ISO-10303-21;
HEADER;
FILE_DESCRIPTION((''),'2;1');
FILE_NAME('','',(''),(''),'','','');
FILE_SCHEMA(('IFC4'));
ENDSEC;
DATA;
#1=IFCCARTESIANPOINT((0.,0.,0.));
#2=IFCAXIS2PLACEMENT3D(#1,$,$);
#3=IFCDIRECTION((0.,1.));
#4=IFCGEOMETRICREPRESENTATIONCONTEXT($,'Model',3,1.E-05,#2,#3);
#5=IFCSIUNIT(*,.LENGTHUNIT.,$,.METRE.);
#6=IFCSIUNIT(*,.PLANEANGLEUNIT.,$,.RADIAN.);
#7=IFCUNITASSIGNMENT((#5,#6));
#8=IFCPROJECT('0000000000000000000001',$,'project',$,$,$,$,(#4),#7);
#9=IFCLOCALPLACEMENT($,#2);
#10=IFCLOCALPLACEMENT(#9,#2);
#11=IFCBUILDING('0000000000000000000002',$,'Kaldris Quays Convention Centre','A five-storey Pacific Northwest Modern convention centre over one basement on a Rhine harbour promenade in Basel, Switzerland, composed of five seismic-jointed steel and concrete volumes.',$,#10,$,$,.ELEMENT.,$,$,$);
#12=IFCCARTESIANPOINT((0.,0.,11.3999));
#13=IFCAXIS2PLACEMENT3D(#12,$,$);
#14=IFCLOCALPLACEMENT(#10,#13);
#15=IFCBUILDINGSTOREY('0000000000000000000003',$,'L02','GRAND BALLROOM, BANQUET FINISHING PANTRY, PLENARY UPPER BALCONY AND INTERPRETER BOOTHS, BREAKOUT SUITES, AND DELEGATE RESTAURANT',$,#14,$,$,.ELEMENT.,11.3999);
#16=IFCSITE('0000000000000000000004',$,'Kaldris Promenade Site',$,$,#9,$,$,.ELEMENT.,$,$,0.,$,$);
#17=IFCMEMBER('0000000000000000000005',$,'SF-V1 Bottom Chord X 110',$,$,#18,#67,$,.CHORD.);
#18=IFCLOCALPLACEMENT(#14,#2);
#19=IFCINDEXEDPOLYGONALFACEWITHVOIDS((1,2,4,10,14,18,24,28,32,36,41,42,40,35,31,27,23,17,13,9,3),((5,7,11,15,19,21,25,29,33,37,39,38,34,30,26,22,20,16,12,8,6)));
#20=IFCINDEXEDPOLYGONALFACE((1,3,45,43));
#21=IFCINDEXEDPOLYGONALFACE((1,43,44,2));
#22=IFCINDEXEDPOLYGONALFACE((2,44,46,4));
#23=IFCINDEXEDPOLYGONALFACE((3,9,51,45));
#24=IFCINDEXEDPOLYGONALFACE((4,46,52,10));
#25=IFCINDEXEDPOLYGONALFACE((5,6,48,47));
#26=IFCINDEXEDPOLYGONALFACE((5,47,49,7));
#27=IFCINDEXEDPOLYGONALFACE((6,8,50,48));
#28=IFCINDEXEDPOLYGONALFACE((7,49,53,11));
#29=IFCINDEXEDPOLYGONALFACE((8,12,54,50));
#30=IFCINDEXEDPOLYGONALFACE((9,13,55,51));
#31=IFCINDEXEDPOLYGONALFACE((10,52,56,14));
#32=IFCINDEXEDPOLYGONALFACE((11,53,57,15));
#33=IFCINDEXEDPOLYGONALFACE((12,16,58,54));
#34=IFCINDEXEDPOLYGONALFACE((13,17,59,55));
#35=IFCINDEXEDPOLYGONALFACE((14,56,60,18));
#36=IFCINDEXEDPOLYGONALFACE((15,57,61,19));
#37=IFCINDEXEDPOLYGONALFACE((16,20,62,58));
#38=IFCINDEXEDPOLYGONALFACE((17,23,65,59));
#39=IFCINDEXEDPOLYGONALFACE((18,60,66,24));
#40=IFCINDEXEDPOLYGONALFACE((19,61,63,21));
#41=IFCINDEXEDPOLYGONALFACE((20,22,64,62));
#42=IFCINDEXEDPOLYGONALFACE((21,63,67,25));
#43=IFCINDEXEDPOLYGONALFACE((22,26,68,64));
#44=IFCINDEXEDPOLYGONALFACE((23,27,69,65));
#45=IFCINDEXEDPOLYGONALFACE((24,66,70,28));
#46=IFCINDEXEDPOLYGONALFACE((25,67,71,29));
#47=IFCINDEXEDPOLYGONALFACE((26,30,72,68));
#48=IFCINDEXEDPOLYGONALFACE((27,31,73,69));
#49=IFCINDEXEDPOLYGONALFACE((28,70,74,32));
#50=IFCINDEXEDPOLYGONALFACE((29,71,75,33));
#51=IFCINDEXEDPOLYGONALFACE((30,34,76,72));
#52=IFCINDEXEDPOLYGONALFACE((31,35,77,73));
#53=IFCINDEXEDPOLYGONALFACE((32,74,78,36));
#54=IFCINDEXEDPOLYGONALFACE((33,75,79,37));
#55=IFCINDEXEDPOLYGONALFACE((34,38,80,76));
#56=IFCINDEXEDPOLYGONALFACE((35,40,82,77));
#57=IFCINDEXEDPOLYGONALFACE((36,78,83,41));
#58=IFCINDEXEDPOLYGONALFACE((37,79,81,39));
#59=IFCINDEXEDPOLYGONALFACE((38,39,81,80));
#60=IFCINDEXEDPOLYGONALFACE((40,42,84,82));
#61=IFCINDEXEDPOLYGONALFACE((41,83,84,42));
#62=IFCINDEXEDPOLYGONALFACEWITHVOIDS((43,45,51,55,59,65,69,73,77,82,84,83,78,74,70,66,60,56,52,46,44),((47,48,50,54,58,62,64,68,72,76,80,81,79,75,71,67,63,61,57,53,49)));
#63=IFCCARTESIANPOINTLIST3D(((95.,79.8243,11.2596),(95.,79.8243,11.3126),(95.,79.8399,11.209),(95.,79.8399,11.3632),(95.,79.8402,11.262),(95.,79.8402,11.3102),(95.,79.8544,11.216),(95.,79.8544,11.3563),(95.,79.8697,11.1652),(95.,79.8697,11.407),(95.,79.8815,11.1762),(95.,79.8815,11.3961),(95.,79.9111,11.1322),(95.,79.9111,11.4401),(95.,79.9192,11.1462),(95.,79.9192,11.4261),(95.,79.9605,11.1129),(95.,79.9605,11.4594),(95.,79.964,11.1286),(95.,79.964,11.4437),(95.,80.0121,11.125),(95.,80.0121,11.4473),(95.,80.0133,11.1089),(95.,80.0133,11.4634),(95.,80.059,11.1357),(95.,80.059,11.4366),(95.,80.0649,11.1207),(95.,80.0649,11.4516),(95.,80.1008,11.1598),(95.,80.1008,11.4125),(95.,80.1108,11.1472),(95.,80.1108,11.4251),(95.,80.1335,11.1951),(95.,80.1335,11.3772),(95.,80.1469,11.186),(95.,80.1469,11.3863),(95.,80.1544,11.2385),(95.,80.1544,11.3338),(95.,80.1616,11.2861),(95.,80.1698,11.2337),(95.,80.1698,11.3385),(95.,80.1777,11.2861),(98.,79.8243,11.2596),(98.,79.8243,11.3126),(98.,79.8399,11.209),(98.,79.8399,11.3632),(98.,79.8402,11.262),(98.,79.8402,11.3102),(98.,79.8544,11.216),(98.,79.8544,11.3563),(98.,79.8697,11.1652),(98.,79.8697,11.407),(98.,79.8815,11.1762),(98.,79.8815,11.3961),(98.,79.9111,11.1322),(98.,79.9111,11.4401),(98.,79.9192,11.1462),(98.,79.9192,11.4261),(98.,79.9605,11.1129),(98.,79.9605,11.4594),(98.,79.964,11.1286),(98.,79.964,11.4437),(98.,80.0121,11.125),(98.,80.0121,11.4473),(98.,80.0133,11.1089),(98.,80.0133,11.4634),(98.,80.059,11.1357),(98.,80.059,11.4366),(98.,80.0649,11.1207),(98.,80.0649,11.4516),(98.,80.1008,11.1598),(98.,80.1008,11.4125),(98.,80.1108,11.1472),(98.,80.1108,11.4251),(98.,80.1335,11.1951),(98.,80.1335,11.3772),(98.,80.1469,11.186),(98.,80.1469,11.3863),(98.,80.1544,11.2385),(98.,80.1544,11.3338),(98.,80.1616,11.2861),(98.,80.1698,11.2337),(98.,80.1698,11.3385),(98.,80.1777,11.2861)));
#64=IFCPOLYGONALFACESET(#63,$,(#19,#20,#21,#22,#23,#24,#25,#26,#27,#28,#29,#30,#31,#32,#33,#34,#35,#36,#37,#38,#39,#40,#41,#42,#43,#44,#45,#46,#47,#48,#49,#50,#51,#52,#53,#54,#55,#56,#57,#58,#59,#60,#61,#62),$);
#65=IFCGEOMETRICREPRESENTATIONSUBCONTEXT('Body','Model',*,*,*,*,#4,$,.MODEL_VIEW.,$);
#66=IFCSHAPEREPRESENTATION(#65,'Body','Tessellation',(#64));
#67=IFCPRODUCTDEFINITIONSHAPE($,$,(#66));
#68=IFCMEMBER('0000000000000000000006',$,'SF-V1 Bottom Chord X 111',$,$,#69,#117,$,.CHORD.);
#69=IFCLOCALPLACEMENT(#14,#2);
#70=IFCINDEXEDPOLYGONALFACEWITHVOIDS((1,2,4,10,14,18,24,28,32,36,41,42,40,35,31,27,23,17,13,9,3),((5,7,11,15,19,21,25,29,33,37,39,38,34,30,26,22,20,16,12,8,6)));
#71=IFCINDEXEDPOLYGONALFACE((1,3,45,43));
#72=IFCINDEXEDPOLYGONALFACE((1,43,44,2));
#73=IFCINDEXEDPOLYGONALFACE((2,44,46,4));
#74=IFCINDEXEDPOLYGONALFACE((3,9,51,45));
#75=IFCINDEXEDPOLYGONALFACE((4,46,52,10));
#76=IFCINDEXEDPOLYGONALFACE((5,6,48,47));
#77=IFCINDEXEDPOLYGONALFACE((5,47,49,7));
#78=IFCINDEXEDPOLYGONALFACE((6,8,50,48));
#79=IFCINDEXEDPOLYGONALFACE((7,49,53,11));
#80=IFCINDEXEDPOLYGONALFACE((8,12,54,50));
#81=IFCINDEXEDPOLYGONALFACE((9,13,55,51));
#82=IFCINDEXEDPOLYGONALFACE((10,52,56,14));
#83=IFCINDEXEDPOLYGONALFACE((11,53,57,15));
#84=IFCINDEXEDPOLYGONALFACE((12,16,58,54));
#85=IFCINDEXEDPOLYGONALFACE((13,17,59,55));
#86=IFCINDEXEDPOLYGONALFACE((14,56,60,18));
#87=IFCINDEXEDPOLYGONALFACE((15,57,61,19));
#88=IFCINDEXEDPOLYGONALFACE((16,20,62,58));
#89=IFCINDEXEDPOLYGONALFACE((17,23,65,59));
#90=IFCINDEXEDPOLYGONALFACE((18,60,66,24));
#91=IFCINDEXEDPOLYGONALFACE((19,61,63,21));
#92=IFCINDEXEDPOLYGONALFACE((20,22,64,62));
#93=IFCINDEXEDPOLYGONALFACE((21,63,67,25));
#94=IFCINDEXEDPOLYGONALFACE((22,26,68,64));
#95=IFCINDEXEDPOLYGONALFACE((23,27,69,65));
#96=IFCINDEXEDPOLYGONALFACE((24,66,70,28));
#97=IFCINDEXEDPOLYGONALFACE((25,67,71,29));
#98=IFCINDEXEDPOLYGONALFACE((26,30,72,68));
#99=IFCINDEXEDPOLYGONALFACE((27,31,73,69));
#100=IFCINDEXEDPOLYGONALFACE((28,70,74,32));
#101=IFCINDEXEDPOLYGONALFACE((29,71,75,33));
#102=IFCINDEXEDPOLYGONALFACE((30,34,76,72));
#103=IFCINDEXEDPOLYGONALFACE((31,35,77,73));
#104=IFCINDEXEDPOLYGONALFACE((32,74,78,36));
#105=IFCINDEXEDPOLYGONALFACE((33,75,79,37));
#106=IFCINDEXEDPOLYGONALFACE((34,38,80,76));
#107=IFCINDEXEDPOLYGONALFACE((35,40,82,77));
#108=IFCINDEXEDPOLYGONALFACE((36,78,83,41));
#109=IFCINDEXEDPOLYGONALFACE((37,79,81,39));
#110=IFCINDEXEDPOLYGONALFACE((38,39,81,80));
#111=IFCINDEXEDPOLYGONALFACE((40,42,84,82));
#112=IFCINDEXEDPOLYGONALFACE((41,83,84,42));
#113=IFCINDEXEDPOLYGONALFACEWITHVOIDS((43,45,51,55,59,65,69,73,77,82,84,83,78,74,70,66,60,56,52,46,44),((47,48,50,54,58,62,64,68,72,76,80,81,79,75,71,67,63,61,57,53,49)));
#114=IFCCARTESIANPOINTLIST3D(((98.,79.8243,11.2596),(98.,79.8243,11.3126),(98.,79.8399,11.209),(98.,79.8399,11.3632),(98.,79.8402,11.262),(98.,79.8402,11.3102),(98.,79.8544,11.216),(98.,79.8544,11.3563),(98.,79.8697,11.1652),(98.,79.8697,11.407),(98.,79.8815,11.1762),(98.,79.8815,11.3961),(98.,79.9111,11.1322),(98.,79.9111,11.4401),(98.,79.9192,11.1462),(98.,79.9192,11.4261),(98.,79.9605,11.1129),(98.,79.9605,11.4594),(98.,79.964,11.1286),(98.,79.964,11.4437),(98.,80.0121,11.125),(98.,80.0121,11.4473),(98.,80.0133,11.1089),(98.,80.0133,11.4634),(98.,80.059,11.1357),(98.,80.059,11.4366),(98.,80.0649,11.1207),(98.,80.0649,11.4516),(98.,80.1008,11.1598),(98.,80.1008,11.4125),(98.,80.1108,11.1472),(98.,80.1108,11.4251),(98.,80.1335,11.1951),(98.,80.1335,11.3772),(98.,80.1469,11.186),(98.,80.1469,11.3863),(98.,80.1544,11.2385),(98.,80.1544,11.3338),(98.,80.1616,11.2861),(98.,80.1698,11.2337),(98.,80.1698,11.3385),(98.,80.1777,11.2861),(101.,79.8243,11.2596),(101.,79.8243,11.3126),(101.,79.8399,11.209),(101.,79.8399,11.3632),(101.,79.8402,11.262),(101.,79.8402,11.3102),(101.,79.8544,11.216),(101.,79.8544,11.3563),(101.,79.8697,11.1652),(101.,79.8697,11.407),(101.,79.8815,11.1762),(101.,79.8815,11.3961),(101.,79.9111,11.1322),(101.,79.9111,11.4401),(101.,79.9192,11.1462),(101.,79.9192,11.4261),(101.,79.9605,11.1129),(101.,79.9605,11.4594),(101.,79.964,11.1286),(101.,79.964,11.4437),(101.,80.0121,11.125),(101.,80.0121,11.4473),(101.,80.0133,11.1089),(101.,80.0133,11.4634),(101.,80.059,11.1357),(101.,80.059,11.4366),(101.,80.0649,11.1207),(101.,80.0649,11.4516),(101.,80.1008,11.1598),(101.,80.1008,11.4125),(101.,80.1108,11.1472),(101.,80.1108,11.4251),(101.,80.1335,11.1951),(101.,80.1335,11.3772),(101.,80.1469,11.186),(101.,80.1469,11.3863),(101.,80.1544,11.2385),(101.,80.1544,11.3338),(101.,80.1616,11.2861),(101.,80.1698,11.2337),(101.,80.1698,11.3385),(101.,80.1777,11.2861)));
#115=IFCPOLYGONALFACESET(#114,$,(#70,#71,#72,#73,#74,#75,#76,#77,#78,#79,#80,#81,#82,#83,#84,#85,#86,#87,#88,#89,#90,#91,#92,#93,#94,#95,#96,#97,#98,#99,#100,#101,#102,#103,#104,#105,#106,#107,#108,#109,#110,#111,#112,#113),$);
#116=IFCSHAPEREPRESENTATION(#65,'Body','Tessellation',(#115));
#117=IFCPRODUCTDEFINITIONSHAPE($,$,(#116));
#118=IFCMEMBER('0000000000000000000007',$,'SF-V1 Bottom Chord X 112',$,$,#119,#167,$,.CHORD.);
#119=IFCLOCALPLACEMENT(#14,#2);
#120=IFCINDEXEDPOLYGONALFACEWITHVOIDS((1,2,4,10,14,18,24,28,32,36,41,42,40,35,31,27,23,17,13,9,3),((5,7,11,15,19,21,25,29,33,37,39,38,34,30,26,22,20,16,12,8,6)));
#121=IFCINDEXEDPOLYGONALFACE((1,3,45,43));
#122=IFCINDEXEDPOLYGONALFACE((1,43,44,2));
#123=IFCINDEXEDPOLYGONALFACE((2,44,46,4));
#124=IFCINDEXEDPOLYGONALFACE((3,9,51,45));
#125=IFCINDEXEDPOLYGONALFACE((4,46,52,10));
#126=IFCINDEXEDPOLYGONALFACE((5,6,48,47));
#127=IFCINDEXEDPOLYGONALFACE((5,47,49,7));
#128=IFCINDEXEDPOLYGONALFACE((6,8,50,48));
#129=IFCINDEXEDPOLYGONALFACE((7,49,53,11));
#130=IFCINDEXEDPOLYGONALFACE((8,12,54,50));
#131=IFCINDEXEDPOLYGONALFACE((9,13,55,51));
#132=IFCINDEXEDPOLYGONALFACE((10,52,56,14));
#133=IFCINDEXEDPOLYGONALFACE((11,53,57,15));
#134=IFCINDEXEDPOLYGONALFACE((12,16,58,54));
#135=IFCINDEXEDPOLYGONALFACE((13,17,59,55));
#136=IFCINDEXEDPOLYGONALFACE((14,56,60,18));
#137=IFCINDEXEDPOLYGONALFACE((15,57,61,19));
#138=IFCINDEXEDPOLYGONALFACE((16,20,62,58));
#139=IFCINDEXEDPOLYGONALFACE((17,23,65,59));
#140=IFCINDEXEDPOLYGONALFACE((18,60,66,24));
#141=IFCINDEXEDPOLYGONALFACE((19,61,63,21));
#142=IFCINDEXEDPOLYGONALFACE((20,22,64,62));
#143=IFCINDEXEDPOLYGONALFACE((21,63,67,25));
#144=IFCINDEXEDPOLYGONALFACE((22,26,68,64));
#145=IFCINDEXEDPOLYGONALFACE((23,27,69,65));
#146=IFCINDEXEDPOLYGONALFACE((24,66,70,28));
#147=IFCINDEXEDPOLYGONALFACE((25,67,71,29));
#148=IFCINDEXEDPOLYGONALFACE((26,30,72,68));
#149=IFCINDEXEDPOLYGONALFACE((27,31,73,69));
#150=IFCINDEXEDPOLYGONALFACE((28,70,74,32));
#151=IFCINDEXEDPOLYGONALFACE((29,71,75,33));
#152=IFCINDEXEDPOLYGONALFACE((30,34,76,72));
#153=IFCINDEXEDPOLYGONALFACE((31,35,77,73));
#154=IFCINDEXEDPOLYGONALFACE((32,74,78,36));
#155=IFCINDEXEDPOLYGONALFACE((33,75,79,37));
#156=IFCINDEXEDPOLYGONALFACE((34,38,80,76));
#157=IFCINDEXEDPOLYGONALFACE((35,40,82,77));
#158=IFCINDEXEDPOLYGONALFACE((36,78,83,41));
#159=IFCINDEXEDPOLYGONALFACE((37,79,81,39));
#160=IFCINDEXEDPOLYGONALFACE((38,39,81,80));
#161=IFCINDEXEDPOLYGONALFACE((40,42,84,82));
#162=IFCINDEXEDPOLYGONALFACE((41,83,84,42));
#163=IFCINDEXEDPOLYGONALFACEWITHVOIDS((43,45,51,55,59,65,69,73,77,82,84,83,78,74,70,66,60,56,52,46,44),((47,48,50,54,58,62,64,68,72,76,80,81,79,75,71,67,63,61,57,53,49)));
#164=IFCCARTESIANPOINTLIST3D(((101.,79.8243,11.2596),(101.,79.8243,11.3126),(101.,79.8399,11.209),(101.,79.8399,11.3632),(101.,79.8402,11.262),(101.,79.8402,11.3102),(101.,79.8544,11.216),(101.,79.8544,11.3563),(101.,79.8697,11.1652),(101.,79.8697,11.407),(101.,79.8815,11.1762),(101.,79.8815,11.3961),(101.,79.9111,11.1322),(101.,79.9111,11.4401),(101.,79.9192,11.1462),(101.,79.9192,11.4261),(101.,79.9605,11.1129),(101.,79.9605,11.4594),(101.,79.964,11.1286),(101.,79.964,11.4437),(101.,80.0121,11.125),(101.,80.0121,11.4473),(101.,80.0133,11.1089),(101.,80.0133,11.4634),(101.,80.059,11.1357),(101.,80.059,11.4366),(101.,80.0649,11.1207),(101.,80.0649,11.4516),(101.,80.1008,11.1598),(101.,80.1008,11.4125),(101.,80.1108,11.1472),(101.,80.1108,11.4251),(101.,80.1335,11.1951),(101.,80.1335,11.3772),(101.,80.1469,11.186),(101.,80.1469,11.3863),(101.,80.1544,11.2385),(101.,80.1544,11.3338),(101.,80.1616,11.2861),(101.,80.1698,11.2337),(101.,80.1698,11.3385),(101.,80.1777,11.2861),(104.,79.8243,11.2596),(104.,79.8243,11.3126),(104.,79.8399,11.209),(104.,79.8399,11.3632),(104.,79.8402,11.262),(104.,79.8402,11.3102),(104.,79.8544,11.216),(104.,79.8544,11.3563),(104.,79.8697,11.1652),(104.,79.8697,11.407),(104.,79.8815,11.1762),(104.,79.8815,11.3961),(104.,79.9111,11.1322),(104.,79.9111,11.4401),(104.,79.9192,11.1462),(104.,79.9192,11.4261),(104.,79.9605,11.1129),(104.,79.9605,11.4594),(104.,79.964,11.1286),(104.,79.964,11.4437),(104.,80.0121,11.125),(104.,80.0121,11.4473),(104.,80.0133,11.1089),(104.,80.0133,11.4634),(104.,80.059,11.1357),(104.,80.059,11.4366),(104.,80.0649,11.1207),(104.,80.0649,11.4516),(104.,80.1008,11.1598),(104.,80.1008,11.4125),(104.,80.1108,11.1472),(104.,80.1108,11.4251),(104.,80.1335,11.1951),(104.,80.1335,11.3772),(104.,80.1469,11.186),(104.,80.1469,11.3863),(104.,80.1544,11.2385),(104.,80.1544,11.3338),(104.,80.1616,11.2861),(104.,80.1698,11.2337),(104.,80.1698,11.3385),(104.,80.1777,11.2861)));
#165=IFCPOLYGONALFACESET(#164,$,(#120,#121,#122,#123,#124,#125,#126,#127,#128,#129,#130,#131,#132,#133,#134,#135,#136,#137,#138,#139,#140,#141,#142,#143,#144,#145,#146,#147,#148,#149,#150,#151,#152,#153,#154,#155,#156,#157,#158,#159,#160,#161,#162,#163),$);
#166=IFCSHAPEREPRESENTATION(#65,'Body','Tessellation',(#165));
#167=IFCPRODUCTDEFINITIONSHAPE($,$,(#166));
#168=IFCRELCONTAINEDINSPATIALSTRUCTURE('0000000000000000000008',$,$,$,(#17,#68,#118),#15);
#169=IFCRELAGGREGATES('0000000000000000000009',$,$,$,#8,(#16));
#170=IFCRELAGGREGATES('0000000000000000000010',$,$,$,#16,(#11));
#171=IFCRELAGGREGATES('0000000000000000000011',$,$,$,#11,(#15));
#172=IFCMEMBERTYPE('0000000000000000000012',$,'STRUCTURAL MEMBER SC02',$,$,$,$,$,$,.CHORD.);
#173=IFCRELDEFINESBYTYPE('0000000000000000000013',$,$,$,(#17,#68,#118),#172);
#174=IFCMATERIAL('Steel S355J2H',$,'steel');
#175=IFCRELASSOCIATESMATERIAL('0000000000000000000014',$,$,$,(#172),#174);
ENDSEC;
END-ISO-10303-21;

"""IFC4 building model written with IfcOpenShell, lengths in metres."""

from ifc_helpers import new_model, si_unit, direction, frame, origin, origin_2d, place, context, subcontext, project, spatial, hollow_circle, extrude, material, material_profile, profile_set, type_object, element, save


model = new_model("IFC4")

# Units and contexts
model_context = context("Model", 3, precision=1e-05, world=origin(), true_north=direction((0.0, 1.0)))
body_context = subcontext(model_context, "Body", "Model", "MODEL_VIEW")
ifc_project = project(units=[si_unit("LENGTHUNIT", "METRE"), si_unit("PLANEANGLEUNIT", "RADIAN")], contexts=[model_context])

# Site, building, storey
site_placement = place(None, origin())
site = spatial("IfcSite", under=ifc_project, at=site_placement, Name="Kaldris Promenade Site", CompositionType="ELEMENT", RefElevation=0.0)
building_placement = place(site_placement, origin())
building = spatial("IfcBuilding", under=site, at=building_placement, Name="Kaldris Quays Convention Centre", Description="A five-storey Pacific Northwest Modern convention centre over one basement on a Rhine harbour promenade in Basel, Switzerland, composed of five seismic-jointed steel and concrete volumes.", CompositionType="ELEMENT")
storey_placement = place(building_placement, frame((0.0, 0.0, 11.3999)))
storey = spatial("IfcBuildingStorey", under=building, at=storey_placement, Name="L02", Description="GRAND BALLROOM, BANQUET FINISHING PANTRY, PLENARY UPPER BALCONY AND INTERPRETER BOOTHS, BREAKOUT SUITES, AND DELEGATE RESTAURANT", CompositionType="ELEMENT", Elevation=11.3999)

# Members
ifc_material = material(Name="Steel S355J2H", Category="steel")
ifc_material_profile_1 = material_profile(ifc_material, hollow_circle(Radius=0.1777, WallThickness=0.0161, at=origin_2d()), Name="CHS 355.6x16")
ifc_profile_set_1 = profile_set([ifc_material_profile_1], Name="Steel S355J2H")
member_type_1 = type_object("IfcMemberType", Name="STRUCTURAL MEMBER SC02", PredefinedType="CHORD", material=ifc_profile_set_1)
for number, where, z_axis, x_axis, name in (
    (1, (95.0, 80.0, 11.2861), (1.0, 0.0, 0.0), (0.0, 1.0, 0.0), "SF-V1 Bottom Chord X 110"),
    (2, (98.0, 80.0, 11.2861), (1.0, 0.0, 0.0), (0.0, 1.0, 0.0), "SF-V1 Bottom Chord X 111"),
    (3, (101.0, 80.0, 11.2861), (1.0, 0.0, 0.0), (0.0, 1.0, 0.0), "SF-V1 Bottom Chord X 112"),
):
    element("IfcMember", number, at=place(storey_placement, frame(where, z_axis=z_axis, x_axis=x_axis)), inside=storey, type_object=member_type_1, Name=name, PredefinedType="CHORD", context=body_context, shape_type="SweptSolid", body=[
        extrude(hollow_circle(Radius=0.1777, WallThickness=0.0161, at=origin_2d()), origin(), (0.0, 0.0, 1.0), 3.0),
    ])

save(model, "model.ifc")
